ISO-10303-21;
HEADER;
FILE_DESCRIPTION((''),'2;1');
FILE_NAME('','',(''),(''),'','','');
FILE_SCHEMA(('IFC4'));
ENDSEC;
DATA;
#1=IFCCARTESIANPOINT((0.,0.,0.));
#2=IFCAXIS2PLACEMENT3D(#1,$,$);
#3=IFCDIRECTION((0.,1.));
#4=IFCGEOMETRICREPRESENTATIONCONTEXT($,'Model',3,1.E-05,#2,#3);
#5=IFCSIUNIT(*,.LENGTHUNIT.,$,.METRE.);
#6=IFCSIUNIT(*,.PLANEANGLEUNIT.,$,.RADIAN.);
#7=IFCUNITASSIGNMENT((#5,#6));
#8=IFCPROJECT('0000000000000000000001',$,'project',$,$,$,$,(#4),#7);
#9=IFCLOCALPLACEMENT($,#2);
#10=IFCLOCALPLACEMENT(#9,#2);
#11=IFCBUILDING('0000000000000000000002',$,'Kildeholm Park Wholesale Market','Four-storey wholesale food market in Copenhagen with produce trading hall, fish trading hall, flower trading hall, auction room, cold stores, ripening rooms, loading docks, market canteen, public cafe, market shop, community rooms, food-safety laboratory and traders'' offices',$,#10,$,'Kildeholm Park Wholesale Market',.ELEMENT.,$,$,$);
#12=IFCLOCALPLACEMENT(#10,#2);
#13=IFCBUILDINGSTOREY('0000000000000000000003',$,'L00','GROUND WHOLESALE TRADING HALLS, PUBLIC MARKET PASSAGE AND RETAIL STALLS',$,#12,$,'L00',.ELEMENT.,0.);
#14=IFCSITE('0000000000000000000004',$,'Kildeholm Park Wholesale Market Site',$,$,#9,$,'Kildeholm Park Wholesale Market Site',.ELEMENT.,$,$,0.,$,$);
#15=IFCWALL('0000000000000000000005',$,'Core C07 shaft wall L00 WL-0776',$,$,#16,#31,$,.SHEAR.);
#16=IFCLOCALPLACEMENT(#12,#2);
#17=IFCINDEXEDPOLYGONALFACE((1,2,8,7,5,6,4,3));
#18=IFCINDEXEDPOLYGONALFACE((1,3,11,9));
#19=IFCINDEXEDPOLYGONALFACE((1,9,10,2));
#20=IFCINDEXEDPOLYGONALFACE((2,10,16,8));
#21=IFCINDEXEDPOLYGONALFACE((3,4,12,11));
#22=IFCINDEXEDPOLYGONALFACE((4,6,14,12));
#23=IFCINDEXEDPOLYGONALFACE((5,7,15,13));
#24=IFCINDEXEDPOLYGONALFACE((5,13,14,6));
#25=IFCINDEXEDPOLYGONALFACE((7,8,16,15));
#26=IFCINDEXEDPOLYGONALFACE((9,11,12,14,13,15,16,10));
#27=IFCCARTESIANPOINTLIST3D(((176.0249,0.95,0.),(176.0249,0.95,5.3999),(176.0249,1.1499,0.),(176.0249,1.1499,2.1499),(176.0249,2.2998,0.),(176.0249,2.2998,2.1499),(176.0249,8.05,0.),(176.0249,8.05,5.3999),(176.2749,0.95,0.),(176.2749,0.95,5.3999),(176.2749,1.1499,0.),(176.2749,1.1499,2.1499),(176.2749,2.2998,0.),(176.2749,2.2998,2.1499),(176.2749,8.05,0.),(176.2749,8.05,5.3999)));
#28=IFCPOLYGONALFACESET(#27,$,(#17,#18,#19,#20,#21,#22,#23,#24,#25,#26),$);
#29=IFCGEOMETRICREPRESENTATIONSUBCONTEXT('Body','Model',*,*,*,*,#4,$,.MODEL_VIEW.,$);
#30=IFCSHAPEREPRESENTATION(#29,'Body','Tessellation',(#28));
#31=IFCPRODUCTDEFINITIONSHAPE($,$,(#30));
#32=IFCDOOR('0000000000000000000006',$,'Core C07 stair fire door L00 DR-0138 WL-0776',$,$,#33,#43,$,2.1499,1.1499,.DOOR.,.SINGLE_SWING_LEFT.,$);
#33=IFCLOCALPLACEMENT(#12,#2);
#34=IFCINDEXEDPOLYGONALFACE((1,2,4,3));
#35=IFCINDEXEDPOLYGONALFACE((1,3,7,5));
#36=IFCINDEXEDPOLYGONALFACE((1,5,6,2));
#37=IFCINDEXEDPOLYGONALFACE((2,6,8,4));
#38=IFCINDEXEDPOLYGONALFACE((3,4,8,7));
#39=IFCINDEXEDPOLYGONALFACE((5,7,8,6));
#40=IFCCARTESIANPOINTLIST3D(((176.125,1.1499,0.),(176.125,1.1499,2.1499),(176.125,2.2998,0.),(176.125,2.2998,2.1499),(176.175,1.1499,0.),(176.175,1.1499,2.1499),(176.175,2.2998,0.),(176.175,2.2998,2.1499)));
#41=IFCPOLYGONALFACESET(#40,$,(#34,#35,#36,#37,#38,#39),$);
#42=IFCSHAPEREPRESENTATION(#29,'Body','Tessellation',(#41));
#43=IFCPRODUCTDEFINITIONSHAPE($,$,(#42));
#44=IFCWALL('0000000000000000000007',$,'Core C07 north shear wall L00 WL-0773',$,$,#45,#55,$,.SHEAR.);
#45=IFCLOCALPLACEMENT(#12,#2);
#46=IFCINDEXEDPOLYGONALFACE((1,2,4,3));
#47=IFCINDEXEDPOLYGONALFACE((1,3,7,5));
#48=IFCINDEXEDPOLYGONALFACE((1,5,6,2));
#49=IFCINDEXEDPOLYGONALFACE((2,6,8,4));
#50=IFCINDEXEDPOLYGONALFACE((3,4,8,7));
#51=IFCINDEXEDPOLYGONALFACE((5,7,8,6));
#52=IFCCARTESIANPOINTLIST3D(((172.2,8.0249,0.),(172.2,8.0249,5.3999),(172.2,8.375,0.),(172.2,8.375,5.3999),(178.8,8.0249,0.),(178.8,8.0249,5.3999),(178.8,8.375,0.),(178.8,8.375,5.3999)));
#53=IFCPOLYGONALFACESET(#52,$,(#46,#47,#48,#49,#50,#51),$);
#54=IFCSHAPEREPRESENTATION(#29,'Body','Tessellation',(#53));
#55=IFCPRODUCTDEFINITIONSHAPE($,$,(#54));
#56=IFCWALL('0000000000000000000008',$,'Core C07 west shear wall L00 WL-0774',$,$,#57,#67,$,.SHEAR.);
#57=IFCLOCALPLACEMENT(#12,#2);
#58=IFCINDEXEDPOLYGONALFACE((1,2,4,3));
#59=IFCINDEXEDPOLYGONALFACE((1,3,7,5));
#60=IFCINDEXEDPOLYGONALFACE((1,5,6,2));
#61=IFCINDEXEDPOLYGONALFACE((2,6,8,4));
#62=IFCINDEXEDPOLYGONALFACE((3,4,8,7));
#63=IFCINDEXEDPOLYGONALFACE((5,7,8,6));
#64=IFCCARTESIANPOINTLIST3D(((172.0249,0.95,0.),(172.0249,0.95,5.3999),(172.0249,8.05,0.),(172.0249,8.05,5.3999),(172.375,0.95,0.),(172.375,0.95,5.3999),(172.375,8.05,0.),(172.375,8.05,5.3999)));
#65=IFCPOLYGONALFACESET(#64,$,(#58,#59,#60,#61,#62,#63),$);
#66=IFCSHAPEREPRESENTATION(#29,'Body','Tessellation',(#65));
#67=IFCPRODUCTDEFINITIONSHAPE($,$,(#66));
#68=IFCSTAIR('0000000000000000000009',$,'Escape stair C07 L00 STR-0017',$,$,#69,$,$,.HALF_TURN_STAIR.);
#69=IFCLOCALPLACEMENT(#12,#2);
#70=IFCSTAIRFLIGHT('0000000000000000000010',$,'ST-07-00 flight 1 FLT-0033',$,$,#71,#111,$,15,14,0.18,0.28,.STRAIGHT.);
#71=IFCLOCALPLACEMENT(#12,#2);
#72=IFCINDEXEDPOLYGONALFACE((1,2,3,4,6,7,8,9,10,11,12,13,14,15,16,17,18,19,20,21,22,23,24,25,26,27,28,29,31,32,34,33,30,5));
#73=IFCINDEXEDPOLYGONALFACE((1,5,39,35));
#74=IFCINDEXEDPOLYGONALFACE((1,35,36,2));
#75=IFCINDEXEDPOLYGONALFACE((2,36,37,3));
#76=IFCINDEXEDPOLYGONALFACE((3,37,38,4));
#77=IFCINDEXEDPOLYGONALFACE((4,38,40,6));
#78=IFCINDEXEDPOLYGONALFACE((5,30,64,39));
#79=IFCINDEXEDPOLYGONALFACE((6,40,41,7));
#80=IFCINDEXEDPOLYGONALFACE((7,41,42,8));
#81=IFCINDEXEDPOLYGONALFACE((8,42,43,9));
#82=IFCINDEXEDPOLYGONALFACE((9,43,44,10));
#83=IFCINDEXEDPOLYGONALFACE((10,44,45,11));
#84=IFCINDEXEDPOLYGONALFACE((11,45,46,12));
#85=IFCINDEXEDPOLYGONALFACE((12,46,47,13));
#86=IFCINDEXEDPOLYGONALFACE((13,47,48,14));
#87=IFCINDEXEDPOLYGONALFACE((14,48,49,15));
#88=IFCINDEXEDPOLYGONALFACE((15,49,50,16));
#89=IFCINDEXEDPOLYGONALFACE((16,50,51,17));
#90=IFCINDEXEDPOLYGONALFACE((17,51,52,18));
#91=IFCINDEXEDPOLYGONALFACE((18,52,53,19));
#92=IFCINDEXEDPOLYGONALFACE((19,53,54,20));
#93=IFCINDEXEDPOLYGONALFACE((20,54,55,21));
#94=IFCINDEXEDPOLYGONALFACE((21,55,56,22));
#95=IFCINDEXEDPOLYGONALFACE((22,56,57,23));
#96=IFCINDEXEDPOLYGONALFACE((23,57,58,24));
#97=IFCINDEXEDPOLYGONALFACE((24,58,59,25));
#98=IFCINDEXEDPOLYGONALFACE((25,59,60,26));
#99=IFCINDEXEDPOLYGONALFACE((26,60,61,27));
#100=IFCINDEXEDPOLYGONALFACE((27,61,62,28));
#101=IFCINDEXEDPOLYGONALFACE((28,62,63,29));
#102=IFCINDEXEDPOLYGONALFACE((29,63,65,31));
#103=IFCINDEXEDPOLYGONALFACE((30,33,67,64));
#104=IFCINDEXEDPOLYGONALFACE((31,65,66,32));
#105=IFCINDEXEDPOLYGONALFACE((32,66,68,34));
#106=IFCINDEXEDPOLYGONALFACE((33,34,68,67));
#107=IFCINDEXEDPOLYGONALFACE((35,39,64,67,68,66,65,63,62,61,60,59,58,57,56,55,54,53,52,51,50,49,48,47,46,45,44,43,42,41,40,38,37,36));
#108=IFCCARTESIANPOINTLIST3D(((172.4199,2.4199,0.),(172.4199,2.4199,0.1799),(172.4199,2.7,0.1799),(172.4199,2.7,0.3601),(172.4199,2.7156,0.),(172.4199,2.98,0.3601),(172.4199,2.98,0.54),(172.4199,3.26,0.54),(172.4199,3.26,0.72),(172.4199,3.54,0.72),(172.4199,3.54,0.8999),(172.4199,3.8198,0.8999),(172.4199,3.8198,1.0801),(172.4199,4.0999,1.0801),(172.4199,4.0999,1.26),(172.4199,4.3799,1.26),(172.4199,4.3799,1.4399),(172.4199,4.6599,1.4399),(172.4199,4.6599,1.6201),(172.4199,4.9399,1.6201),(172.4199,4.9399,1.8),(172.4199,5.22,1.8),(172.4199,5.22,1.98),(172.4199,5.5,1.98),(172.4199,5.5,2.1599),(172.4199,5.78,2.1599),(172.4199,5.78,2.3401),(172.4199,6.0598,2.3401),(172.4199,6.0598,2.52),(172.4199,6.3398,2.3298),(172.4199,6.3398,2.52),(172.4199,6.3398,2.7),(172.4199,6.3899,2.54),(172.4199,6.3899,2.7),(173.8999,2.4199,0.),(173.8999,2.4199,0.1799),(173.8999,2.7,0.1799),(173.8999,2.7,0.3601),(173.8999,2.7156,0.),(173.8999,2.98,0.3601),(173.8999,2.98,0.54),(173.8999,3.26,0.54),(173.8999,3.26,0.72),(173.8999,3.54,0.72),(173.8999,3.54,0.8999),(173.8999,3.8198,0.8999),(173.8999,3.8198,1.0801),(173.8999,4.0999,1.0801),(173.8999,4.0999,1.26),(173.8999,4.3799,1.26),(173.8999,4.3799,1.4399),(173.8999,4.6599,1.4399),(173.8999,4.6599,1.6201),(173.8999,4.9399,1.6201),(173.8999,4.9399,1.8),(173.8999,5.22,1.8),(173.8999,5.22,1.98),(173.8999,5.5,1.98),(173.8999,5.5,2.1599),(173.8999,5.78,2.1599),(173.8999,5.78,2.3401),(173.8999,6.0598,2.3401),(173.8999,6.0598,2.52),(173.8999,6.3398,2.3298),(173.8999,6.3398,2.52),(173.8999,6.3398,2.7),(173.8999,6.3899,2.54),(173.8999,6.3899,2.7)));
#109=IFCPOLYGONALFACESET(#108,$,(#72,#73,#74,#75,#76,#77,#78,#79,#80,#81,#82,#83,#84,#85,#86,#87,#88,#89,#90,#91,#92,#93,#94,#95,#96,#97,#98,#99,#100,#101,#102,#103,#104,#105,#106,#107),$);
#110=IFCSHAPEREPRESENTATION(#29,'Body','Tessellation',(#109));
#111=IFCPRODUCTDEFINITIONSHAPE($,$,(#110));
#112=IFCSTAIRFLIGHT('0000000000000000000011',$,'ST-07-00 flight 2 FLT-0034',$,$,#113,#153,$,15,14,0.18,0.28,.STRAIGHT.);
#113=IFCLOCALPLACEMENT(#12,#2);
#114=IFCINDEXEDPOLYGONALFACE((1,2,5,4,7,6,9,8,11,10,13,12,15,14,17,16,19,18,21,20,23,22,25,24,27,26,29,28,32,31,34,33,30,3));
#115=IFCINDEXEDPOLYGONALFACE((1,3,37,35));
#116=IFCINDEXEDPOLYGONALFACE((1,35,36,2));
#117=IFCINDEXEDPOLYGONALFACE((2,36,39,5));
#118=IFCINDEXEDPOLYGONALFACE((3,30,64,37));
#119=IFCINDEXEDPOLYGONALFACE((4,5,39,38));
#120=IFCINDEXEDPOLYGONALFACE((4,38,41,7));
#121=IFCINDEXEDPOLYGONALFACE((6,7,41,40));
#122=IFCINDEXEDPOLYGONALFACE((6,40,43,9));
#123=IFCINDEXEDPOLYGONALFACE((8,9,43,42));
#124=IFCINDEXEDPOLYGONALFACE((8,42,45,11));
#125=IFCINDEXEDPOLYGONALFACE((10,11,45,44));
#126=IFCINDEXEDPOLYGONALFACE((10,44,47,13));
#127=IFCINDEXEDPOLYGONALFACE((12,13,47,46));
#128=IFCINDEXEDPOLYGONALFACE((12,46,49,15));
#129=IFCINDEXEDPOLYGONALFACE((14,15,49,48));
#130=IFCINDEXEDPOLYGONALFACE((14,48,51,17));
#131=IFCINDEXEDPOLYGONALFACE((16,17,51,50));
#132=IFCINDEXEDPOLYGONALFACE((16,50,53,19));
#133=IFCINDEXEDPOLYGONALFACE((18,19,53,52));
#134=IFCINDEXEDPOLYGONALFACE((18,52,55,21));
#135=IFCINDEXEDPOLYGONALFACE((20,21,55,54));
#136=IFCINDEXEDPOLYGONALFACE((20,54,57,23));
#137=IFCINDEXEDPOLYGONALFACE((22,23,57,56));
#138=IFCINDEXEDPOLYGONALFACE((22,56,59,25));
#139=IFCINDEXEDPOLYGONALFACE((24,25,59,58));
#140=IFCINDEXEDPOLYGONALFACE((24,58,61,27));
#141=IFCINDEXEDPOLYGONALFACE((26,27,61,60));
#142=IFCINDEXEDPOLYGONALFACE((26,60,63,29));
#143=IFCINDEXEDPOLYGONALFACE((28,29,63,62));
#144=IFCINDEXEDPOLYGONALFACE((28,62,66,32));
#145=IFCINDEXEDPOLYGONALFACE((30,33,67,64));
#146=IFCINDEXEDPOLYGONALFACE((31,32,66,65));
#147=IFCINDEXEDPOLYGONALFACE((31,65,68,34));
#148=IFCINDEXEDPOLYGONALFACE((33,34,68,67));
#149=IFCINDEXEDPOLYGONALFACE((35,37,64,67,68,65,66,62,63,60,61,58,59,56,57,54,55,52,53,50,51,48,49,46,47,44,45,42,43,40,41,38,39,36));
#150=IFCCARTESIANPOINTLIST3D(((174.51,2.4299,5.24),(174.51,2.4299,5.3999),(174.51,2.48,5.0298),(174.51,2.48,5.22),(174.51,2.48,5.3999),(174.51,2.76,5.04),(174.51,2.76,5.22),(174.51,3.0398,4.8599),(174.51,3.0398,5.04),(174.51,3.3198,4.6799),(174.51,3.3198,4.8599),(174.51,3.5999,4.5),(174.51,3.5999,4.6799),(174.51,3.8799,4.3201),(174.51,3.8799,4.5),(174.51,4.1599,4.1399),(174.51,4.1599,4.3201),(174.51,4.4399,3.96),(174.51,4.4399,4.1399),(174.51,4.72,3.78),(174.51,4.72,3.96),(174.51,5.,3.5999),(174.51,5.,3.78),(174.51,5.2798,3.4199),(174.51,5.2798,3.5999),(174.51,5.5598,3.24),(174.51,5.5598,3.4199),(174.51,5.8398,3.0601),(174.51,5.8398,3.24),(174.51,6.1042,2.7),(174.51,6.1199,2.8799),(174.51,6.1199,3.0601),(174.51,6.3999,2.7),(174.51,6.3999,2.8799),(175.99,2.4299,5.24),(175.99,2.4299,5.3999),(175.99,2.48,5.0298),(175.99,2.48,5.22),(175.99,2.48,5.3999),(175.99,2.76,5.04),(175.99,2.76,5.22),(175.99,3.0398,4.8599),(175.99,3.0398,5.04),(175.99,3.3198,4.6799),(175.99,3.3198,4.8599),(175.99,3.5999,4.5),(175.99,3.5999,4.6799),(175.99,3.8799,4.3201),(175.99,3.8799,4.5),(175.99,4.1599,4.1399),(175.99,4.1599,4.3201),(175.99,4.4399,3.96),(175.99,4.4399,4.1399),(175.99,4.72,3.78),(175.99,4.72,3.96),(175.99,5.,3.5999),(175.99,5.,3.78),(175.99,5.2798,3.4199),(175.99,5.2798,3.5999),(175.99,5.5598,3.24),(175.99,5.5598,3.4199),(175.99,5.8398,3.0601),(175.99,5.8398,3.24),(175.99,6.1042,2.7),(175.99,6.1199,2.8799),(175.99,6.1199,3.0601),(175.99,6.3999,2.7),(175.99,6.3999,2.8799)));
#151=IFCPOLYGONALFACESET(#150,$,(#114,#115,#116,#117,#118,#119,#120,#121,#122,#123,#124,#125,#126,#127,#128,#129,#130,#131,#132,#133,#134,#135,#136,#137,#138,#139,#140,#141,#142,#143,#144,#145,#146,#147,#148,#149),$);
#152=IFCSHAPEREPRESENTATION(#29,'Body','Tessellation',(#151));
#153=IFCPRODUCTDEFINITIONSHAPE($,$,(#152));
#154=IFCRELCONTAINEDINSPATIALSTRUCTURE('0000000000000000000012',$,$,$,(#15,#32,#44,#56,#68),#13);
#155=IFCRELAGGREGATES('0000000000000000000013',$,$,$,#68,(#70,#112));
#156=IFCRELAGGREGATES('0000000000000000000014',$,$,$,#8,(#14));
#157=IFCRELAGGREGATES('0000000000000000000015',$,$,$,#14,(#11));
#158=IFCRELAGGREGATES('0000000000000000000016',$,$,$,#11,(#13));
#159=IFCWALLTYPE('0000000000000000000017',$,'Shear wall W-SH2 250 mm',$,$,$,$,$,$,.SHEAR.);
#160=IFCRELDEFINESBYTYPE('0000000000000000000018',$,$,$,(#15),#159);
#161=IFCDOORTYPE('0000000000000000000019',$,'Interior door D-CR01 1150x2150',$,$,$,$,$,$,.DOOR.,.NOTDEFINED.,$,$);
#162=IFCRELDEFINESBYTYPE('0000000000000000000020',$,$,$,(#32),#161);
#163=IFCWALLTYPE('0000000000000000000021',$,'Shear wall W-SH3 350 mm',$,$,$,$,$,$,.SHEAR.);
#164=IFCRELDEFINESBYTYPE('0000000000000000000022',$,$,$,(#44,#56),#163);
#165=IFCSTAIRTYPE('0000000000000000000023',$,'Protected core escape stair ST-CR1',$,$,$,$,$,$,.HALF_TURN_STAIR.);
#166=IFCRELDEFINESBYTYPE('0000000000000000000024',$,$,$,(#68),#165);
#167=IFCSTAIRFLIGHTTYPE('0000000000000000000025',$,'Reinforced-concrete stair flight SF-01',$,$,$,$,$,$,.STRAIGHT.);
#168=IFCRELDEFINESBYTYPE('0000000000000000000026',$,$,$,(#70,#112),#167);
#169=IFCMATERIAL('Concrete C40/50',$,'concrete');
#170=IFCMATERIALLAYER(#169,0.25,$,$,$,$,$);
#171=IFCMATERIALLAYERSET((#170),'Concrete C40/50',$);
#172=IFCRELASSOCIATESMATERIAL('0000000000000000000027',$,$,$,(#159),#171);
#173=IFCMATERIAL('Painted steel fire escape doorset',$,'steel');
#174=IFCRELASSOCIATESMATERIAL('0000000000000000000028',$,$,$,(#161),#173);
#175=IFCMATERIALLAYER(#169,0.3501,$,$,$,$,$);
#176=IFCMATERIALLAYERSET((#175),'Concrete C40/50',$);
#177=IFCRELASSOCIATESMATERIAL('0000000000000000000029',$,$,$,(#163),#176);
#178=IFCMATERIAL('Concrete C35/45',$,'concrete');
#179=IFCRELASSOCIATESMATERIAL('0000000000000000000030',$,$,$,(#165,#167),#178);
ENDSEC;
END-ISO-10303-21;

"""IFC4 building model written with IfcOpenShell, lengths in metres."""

from ifc_helpers import new_model, si_unit, direction, frame, frame_2d, origin, place, context, subcontext, project, spatial, polyline, rectangle, outline, extrude, material, layer, layer_set, type_object, element, fill, aggregate, save


model = new_model("IFC4")

# Units and contexts
model_context = context("Model", 3, precision=1e-05, world=origin(), true_north=direction((0.0, 1.0)))
body_context = subcontext(model_context, "Body", "Model", "MODEL_VIEW")
ifc_project = project(units=[si_unit("LENGTHUNIT", "METRE"), si_unit("PLANEANGLEUNIT", "RADIAN")], contexts=[model_context])

# Site, building, storey
site_placement = place(None, origin())
site = spatial("IfcSite", under=ifc_project, at=site_placement, Name="Kildeholm Park Wholesale Market Site", LongName="Kildeholm Park Wholesale Market Site", CompositionType="ELEMENT", RefElevation=0.0)
building_placement = place(site_placement, origin())
building = spatial("IfcBuilding", under=site, at=building_placement, Name="Kildeholm Park Wholesale Market", Description="Four-storey wholesale food market in Copenhagen with produce trading hall, fish trading hall, flower trading hall, auction room, cold stores, ripening rooms, loading docks, market canteen, public cafe, market shop, community rooms, food-safety laboratory and traders' offices", LongName="Kildeholm Park Wholesale Market", CompositionType="ELEMENT")
storey_placement = place(building_placement, origin())
storey = spatial("IfcBuildingStorey", under=building, at=storey_placement, Name="L00", Description="GROUND WHOLESALE TRADING HALLS, PUBLIC MARKET PASSAGE AND RETAIL STALLS", LongName="L00", CompositionType="ELEMENT", Elevation=0.0)

# Shared definitions
ifc_material_1 = material(Name="Concrete C35/45", Category="concrete")

# Wall, opening, door
ifc_material_2 = material(Name="Concrete C40/50", Category="concrete")
ifc_layer_1 = layer(ifc_material_2, 0.25)
ifc_layer_set_1 = layer_set([ifc_layer_1], Name="Concrete C40/50")
wall_type_1 = type_object("IfcWallType", Name="Shear wall W-SH2 250 mm", PredefinedType="SHEAR", material=ifc_layer_set_1)
wall_1_placement = place(storey_placement, frame((176.1499, 0.95, 0.0), z_axis=(0.0, 0.0, 1.0), x_axis=(0.0, 1.0, 0.0)))
wall_1 = element("IfcWall", 1, at=wall_1_placement, inside=storey, type_object=wall_type_1, Name="Core C07 shaft wall L00 WL-0776", PredefinedType="SHEAR", context=body_context, shape_type="SweptSolid", body=[
    extrude(rectangle(XDim=7.1001, YDim=0.25, at=frame_2d((3.55, 0.0))), origin(), (0.0, 0.0, 1.0), 5.3999),
])
opening_1_placement = place(wall_1_placement, frame((0.2, 0.0, 0.0)))
opening_1 = element("IfcOpeningElement", 2, at=opening_1_placement, cuts=wall_1, PredefinedType="OPENING", context=body_context, shape_type="SweptSolid", body=[
    extrude(rectangle(XDim=1.1499, YDim=2.1499, at=frame_2d((0.575, 1.075))), frame((0.0, 0.135, 0.0), z_axis=(0.0, -1.0, 0.0), x_axis=(1.0, 0.0, 0.0)), (0.0, 0.0, 1.0), 0.27),
])
ifc_material_3 = material(Name="Painted steel fire escape doorset", Category="steel")
door_type_1 = type_object("IfcDoorType", Name="Interior door D-CR01 1150x2150", OperationType="NOTDEFINED", PredefinedType="DOOR", material=ifc_material_3)
door_1_placement = place(opening_1_placement, origin())
door_1 = element("IfcDoor", 3, at=door_1_placement, inside=storey, type_object=door_type_1, Name="Core C07 stair fire door L00 DR-0138 WL-0776", OperationType="SINGLE_SWING_LEFT", OverallHeight=2.1499, OverallWidth=1.1499, PredefinedType="DOOR", context=body_context, shape_type="SweptSolid", body=[
    extrude(rectangle(XDim=1.1499, YDim=2.1499, at=frame_2d((0.575, 1.075))), frame((0.0, 0.0249, 0.0), z_axis=(0.0, -1.0, 0.0), x_axis=(1.0, 0.0, 0.0)), (0.0, 0.0, 1.0), 0.05),
])
fill(opening_1, door_1)
ifc_layer_2 = layer(ifc_material_2, 0.3501)
ifc_layer_set_2 = layer_set([ifc_layer_2], Name="Concrete C40/50")
wall_type_2 = type_object("IfcWallType", Name="Shear wall W-SH3 350 mm", PredefinedType="SHEAR", material=ifc_layer_set_2)

# Walls
wall_2_placement = place(storey_placement, frame((172.2, 8.2, 0.0), z_axis=(0.0, 0.0, 1.0), x_axis=(1.0, 0.0, 0.0)))
element("IfcWall", 4, at=wall_2_placement, inside=storey, type_object=wall_type_2, Name="Core C07 north shear wall L00 WL-0773", PredefinedType="SHEAR", context=body_context, shape_type="SweptSolid", body=[
    extrude(rectangle(XDim=6.6001, YDim=0.3501, at=frame_2d((3.3, 0.0))), origin(), (0.0, 0.0, 1.0), 5.3999),
])
wall_3_placement = place(storey_placement, frame((172.2, 0.95, 0.0), z_axis=(0.0, 0.0, 1.0), x_axis=(0.0, 1.0, 0.0)))
element("IfcWall", 5, at=wall_3_placement, inside=storey, type_object=wall_type_2, Name="Core C07 west shear wall L00 WL-0774", PredefinedType="SHEAR", context=body_context, shape_type="SweptSolid", body=[
    extrude(rectangle(XDim=7.1001, YDim=0.3501, at=frame_2d((3.55, 0.0))), origin(), (0.0, 0.0, 1.0), 5.3999),
])

# Stair, stair flights
stair_type = type_object("IfcStairType", Name="Protected core escape stair ST-CR1", PredefinedType="HALF_TURN_STAIR", material=ifc_material_1)
stair_placement = place(storey_placement, origin())
stair = element("IfcStair", 6, at=stair_placement, inside=storey, type_object=stair_type, Name="Escape stair C07 L00 STR-0017", PredefinedType="HALF_TURN_STAIR")
stair_flight_type = type_object("IfcStairFlightType", Name="Reinforced-concrete stair flight SF-01", PredefinedType="STRAIGHT", material=ifc_material_1)
stair_flight_1_placement = place(storey_placement, frame((173.1599, 2.4199, 0.0), z_axis=(0.0, 0.0, 1.0), x_axis=(0.0, 1.0, 0.0)))
stair_flight_1 = element("IfcStairFlight", 7, at=stair_flight_1_placement, type_object=stair_flight_type, Name="ST-07-00 flight 1 FLT-0033", NumberOfRisers=15, NumberOfTreads=14, PredefinedType="STRAIGHT", RiserHeight=0.18, TreadLength=0.28, context=body_context, shape_type="SweptSolid", body=[
    extrude(outline(polyline([(0.0, 0.0), (0.0, 0.1799), (0.28, 0.1799), (0.28, 0.3601), (0.5601, 0.3601), (0.5601, 0.54), (0.8401, 0.54), (0.8401, 0.72), (1.1201, 0.72), (1.1201, 0.8999), (1.3999, 0.8999), (1.3999, 1.0801), (1.6799, 1.0801), (1.6799, 1.26), (1.96, 1.26), (1.96, 1.4399), (2.24, 1.4399), (2.24, 1.6201), (2.52, 1.6201), (2.52, 1.8), (2.8, 1.8), (2.8, 1.98), (3.0801, 1.98), (3.0801, 2.1599), (3.3601, 2.1599), (3.3601, 2.3401), (3.6399, 2.3401), (3.6399, 2.52), (3.9199, 2.52), (3.9199, 2.7), (3.97, 2.7), (3.97, 2.54), (3.9199, 2.3298), (0.2957, 0.0), (0.0, 0.0)])), frame((0.0, 0.74, 0.0), z_axis=(0.0, -1.0, 0.0), x_axis=(1.0, 0.0, 0.0)), (0.0, 0.0, 1.0), 1.48),
])
stair_flight_2_placement = place(storey_placement, frame((175.25, 6.3999, 2.7), z_axis=(0.0, 0.0, 1.0), x_axis=(0.0, -1.0, 0.0)))
stair_flight_2 = element("IfcStairFlight", 8, at=stair_flight_2_placement, type_object=stair_flight_type, Name="ST-07-00 flight 2 FLT-0034", NumberOfRisers=15, NumberOfTreads=14, PredefinedType="STRAIGHT", RiserHeight=0.18, TreadLength=0.28, context=body_context, shape_type="SweptSolid", body=[
    extrude(outline(polyline([(0.0, 0.0), (0.0, 0.1799), (0.28, 0.1799), (0.28, 0.3601), (0.5601, 0.3601), (0.5601, 0.54), (0.8401, 0.54), (0.8401, 0.72), (1.1201, 0.72), (1.1201, 0.8999), (1.3999, 0.8999), (1.3999, 1.0801), (1.6799, 1.0801), (1.6799, 1.26), (1.96, 1.26), (1.96, 1.4399), (2.24, 1.4399), (2.24, 1.6201), (2.52, 1.6201), (2.52, 1.8), (2.8, 1.8), (2.8, 1.98), (3.0801, 1.98), (3.0801, 2.1599), (3.3601, 2.1599), (3.3601, 2.3401), (3.6399, 2.3401), (3.6399, 2.52), (3.9199, 2.52), (3.9199, 2.7), (3.97, 2.7), (3.97, 2.54), (3.9199, 2.3298), (0.2957, 0.0), (0.0, 0.0)])), frame((0.0, 0.74, 0.0), z_axis=(0.0, -1.0, 0.0), x_axis=(1.0, 0.0, 0.0)), (0.0, 0.0, 1.0), 1.48),
])
aggregate(stair, [stair_flight_1, stair_flight_2])

save(model, "model.ifc")
